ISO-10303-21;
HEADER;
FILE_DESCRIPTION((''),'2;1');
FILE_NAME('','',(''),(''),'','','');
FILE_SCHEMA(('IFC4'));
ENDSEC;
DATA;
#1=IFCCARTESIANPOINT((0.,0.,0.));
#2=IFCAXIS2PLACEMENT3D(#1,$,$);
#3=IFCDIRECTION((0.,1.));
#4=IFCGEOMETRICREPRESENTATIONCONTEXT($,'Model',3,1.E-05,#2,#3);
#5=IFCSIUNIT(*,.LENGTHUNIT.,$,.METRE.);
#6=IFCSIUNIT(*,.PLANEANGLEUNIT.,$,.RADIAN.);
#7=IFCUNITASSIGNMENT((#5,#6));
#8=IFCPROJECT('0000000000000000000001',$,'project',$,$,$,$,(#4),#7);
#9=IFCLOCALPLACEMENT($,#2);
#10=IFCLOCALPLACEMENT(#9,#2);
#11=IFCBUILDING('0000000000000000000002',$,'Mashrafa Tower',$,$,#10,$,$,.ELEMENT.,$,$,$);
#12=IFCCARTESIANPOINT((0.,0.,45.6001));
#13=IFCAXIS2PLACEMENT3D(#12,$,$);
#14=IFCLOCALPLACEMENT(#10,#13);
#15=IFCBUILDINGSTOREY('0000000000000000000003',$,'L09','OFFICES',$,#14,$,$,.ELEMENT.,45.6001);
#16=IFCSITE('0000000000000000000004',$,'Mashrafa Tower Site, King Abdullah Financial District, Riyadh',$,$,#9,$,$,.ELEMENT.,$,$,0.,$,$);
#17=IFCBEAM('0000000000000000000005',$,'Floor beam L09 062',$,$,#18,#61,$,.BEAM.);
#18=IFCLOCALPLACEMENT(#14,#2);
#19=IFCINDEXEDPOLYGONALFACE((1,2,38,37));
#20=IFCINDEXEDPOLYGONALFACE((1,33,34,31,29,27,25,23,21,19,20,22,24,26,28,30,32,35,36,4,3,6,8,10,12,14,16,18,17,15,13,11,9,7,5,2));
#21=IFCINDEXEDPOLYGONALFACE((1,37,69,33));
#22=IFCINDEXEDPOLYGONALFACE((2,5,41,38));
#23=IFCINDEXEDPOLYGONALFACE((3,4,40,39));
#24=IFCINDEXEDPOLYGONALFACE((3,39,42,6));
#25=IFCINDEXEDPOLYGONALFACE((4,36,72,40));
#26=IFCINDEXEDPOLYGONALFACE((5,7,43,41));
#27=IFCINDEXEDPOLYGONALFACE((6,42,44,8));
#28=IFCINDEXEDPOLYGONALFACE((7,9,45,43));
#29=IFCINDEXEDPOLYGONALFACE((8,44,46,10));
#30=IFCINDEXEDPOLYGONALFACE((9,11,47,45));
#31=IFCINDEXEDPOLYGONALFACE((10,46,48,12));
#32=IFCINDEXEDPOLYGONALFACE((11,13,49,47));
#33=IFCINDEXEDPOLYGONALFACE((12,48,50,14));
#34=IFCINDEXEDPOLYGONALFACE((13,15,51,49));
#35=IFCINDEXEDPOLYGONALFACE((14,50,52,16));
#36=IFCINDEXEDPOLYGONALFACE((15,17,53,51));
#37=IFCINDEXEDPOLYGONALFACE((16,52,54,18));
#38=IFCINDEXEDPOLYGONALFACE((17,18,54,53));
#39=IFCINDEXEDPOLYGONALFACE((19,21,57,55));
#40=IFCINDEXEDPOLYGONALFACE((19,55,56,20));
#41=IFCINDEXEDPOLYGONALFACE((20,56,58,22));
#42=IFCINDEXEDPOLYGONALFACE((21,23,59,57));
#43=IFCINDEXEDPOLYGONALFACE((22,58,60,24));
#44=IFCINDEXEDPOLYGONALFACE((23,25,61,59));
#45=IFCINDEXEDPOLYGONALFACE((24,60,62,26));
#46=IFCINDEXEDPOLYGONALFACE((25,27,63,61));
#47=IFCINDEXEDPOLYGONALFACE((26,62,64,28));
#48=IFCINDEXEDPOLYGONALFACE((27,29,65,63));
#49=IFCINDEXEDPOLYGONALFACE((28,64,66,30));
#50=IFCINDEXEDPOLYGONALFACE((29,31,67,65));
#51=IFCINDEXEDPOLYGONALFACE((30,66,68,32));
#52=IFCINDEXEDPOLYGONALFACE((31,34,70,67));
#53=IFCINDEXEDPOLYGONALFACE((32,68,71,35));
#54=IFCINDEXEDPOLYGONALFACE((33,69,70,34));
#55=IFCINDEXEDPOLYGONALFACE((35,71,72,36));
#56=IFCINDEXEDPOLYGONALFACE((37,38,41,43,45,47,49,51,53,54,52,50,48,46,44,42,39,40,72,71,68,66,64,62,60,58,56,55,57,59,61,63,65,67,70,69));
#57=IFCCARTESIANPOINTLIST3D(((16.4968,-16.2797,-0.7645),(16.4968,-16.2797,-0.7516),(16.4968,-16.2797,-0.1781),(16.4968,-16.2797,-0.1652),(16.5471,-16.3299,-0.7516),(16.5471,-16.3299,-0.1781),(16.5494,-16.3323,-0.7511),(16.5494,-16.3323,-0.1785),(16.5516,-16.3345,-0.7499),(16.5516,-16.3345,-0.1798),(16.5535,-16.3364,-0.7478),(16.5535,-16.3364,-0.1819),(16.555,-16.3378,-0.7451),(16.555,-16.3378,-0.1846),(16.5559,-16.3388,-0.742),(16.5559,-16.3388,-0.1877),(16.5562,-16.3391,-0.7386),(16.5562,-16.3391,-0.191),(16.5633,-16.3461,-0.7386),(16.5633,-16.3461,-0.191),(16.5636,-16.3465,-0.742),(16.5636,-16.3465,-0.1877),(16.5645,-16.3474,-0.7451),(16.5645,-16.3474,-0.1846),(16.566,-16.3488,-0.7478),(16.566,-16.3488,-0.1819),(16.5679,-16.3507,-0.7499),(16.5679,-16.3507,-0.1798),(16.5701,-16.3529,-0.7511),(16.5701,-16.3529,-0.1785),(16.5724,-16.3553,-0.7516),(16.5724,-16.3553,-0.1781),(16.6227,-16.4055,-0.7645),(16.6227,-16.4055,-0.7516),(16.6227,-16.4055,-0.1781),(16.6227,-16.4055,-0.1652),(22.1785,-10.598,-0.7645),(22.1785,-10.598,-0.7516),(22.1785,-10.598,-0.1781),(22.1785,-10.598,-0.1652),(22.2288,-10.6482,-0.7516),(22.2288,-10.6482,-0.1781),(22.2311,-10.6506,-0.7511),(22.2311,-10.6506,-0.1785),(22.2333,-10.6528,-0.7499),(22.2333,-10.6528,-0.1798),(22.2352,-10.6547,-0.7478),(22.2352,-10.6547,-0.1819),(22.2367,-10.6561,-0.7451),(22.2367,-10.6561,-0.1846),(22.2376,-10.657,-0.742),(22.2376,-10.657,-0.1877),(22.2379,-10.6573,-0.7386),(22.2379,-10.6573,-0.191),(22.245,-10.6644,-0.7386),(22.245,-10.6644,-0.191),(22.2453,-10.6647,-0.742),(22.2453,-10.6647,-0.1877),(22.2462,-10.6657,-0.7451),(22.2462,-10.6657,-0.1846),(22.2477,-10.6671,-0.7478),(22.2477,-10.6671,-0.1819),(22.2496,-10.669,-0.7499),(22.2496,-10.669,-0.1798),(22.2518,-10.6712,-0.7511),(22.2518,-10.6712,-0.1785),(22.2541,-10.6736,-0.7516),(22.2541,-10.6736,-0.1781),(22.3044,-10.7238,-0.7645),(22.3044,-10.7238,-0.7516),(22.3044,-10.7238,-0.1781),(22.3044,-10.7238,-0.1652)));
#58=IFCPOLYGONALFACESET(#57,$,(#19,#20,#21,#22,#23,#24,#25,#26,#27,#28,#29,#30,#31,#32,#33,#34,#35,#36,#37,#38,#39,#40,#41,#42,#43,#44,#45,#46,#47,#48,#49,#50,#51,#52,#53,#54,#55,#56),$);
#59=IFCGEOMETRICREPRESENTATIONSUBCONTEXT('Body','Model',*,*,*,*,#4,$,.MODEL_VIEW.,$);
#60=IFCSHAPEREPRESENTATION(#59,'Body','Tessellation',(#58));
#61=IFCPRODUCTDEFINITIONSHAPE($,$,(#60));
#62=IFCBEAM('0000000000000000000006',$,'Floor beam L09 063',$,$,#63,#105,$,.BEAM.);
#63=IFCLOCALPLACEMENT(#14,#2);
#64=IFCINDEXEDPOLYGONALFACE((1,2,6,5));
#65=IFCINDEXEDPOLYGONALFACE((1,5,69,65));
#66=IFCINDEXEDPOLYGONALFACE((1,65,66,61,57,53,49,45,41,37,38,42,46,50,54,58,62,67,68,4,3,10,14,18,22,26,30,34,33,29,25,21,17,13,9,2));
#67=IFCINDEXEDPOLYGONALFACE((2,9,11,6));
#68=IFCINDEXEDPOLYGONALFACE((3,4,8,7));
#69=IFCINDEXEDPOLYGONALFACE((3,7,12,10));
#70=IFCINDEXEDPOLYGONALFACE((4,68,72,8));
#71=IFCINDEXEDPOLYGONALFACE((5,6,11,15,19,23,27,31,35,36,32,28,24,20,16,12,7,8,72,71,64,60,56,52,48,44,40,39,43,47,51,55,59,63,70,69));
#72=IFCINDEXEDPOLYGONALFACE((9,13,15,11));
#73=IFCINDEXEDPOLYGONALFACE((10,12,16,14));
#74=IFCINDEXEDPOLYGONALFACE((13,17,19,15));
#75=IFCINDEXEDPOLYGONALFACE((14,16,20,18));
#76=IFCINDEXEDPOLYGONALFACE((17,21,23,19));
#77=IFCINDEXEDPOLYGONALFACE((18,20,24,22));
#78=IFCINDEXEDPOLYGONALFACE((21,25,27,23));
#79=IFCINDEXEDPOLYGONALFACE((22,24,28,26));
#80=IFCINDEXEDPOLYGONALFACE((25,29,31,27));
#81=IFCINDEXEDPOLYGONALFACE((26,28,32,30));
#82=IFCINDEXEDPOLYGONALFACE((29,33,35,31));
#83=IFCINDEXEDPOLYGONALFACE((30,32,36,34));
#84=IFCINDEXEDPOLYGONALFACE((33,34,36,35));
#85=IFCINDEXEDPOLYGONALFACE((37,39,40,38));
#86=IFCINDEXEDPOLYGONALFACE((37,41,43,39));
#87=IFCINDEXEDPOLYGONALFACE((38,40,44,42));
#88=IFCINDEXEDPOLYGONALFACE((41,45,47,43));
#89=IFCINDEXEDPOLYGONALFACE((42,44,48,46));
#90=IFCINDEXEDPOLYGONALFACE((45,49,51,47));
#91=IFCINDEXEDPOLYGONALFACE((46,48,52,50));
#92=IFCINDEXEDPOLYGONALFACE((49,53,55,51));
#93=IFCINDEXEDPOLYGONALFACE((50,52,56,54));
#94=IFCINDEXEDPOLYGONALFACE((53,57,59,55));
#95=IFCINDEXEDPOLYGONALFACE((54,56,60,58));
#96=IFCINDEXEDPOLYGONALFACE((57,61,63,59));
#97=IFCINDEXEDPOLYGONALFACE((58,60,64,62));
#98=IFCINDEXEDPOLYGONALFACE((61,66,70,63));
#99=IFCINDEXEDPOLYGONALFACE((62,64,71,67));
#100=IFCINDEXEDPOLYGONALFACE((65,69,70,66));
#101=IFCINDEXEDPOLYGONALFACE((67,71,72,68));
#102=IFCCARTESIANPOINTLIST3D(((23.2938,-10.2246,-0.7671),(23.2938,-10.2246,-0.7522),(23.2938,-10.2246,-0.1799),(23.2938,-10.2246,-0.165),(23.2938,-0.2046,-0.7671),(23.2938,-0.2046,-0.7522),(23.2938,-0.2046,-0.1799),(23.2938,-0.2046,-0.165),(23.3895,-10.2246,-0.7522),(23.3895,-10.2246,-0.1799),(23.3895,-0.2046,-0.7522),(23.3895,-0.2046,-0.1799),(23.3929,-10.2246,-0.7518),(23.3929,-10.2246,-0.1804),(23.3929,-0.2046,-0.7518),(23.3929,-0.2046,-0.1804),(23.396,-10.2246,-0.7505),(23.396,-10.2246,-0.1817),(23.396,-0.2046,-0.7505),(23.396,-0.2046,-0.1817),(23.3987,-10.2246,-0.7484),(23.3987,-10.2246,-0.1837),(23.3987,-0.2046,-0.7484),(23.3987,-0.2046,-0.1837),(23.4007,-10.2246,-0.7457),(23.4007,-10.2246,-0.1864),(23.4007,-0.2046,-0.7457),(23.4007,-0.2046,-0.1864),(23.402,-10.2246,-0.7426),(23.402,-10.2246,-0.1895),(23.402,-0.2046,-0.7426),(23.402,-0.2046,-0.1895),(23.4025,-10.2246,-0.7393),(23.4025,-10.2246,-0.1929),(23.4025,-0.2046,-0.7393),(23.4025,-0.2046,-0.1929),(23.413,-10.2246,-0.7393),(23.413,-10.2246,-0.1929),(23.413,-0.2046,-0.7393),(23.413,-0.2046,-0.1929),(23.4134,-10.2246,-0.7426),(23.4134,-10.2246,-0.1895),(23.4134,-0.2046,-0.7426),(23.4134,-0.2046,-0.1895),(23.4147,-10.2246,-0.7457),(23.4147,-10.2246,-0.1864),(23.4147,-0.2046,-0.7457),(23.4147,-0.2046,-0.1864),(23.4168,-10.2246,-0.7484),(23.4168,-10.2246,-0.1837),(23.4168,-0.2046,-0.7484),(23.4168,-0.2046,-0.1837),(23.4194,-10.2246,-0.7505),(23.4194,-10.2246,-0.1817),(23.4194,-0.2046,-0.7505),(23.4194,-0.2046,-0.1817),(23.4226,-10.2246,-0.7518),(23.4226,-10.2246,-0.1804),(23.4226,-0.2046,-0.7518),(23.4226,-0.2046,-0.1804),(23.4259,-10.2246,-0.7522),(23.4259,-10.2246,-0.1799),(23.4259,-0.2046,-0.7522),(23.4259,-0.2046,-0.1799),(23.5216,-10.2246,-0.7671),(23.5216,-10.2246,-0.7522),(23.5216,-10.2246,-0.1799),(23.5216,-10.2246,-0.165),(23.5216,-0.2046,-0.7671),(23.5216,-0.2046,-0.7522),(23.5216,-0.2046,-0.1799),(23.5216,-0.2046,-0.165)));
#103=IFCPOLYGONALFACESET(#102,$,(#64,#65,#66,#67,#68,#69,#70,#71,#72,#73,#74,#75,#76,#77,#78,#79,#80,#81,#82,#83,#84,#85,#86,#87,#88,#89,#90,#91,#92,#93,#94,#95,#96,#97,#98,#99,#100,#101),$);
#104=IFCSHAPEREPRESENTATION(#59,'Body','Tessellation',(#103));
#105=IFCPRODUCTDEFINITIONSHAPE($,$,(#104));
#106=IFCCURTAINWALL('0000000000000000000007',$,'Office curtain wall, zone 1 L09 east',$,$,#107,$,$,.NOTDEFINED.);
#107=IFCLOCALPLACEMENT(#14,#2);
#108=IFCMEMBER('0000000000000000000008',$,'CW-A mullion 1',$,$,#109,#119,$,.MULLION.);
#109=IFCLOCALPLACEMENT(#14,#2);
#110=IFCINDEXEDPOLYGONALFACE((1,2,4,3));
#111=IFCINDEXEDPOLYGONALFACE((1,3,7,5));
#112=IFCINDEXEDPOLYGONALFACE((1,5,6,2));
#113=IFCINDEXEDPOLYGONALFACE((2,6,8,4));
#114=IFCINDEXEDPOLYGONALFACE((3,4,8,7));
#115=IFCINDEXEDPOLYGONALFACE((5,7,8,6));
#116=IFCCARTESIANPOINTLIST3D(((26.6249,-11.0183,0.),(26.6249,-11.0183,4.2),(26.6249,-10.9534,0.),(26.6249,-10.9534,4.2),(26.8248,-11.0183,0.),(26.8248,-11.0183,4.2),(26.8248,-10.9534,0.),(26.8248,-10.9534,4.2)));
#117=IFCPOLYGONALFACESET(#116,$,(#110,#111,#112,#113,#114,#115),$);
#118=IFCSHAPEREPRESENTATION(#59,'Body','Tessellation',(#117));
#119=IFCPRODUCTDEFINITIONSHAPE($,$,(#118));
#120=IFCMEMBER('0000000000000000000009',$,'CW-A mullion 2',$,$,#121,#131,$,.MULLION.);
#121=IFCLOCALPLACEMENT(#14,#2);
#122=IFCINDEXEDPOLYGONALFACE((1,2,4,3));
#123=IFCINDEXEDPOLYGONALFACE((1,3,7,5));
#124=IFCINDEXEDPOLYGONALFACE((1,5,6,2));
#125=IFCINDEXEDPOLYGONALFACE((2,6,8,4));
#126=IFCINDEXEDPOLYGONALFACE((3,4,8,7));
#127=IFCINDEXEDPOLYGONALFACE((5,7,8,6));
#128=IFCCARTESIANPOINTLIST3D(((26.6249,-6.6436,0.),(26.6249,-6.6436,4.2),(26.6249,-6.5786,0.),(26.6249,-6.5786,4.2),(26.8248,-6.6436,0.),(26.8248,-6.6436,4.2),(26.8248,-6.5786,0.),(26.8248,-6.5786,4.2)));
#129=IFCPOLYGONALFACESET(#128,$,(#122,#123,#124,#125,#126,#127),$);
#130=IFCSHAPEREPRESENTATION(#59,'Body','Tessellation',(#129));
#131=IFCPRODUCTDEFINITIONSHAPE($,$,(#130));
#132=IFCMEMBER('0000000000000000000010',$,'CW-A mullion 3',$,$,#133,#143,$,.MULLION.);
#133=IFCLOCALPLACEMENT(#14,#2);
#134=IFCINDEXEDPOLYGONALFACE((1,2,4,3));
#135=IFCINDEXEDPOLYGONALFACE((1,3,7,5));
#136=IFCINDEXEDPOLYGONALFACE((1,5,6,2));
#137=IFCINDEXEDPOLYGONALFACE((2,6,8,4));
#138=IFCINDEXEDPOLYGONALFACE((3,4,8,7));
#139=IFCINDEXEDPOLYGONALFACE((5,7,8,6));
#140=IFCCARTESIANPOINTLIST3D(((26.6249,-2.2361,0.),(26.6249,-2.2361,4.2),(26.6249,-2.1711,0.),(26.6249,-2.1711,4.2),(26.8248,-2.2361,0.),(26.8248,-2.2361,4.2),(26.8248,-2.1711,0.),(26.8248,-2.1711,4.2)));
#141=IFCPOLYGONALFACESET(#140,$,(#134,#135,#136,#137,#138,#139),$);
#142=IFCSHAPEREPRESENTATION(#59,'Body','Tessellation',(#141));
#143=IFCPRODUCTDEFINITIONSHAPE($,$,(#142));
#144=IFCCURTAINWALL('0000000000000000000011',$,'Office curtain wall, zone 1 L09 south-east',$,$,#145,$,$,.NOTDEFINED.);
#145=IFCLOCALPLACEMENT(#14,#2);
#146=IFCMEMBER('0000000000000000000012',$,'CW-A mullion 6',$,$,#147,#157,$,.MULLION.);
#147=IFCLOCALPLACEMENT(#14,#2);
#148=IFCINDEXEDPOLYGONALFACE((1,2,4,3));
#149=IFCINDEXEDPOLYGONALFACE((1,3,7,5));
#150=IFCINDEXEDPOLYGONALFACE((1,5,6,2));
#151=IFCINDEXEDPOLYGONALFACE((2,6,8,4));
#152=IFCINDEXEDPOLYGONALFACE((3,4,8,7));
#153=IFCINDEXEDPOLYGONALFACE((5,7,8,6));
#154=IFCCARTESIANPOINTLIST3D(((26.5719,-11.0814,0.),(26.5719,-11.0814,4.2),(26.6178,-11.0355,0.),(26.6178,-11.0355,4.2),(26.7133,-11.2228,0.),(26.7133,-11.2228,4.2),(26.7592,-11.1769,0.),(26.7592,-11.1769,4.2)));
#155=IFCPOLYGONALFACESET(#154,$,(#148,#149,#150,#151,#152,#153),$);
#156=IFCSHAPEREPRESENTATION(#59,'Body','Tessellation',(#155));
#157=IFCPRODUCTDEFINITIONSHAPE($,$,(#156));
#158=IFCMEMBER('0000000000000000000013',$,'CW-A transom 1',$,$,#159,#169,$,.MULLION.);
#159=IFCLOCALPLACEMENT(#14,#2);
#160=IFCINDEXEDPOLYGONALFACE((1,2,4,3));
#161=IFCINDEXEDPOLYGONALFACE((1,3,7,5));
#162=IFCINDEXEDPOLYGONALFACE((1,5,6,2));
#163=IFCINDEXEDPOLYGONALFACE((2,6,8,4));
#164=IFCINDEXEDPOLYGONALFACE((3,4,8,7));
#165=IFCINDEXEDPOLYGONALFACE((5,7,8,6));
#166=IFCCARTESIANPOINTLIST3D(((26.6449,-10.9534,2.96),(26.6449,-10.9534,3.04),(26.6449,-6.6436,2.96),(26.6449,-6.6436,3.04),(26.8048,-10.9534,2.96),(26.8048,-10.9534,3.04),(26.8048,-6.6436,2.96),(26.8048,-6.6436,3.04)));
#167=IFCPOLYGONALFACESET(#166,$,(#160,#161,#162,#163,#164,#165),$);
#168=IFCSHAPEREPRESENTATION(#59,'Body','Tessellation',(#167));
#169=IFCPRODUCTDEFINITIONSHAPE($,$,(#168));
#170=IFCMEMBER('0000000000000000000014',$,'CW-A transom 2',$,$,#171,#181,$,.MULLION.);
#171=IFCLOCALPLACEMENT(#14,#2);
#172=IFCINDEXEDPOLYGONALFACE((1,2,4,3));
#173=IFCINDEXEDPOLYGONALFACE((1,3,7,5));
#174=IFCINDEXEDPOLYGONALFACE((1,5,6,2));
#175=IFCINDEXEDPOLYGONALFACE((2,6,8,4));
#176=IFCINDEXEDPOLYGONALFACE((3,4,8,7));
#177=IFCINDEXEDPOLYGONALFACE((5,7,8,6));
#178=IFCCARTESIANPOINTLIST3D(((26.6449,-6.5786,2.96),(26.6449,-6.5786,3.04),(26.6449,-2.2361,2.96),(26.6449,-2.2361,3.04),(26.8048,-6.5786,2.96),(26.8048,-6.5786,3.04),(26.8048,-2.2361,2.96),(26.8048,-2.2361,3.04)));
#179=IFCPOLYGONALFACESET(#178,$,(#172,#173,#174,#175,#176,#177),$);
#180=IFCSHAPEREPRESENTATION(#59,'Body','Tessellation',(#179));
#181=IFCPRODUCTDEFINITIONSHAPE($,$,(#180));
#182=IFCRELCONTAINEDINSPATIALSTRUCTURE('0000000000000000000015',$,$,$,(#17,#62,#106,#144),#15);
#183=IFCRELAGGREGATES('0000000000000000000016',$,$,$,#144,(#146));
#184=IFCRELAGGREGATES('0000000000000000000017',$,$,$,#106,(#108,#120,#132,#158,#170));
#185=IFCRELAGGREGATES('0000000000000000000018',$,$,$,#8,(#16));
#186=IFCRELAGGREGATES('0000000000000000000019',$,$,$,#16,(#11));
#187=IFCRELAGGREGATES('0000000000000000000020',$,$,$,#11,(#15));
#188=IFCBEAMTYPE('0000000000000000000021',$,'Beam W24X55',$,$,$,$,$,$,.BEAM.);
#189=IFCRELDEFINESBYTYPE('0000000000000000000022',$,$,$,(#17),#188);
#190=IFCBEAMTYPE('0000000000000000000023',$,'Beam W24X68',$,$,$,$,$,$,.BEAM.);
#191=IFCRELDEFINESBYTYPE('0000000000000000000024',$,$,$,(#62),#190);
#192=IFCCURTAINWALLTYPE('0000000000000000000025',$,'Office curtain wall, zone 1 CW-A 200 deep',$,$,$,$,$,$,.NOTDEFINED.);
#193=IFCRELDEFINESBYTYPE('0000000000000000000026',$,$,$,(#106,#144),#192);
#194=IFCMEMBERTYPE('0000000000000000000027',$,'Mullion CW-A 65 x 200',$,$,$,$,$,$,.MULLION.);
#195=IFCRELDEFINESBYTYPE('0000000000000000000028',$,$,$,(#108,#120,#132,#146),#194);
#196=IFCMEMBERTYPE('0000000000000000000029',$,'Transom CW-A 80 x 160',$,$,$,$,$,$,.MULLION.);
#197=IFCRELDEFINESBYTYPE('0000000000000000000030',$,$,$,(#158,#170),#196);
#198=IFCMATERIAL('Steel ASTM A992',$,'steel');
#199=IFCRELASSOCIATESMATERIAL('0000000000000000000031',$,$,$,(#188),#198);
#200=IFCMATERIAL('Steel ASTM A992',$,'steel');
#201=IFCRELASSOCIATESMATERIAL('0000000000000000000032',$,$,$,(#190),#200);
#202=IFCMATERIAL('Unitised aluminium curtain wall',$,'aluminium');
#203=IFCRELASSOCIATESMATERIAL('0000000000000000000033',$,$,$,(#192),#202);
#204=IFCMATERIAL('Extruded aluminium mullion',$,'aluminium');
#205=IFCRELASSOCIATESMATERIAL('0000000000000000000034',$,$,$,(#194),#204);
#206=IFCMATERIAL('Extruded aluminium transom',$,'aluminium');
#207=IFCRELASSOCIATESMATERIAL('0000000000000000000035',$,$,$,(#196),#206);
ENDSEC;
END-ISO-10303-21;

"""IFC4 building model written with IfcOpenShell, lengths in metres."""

from ifc_helpers import new_model, si_unit, direction, frame, origin, origin_2d, place, context, subcontext, project, spatial, rectangle, i_section, extrude, source, transform, mapped, material, material_profile, profile_set, type_object, type_shapes, element, aggregate, save


model = new_model("IFC4")

# Units and contexts
model_context = context("Model", 3, precision=1e-05, world=origin(), true_north=direction((0.0, 1.0)))
body_context = subcontext(model_context, "Body", "Model", "MODEL_VIEW")
ifc_project = project(units=[si_unit("LENGTHUNIT", "METRE"), si_unit("PLANEANGLEUNIT", "RADIAN")], contexts=[model_context])

# Site, building, storey
site_placement = place(None, origin())
site = spatial("IfcSite", under=ifc_project, at=site_placement, Name="Mashrafa Tower Site, King Abdullah Financial District, Riyadh", CompositionType="ELEMENT", RefElevation=0.0)
building_placement = place(site_placement, origin())
building = spatial("IfcBuilding", under=site, at=building_placement, Name="Mashrafa Tower", CompositionType="ELEMENT")
storey_placement = place(building_placement, frame((0.0, 0.0, 45.6001)))
storey = spatial("IfcBuildingStorey", under=building, at=storey_placement, Name="L09", Description="OFFICES", CompositionType="ELEMENT", Elevation=45.6001)

# Beams
ifc_material_1 = material(Name="Steel ASTM A992", Category="steel")
ifc_material_profile_1 = material_profile(ifc_material_1, i_section(OverallWidth=0.178, OverallDepth=0.5994, WebThickness=0.01, FlangeThickness=0.0129, FilletRadius=0.0129, at=origin_2d()), Name="W24X55")
ifc_profile_set_1 = profile_set([ifc_material_profile_1], Name="Steel ASTM A992")
beam_type_1 = type_object("IfcBeamType", Name="Beam W24X55", PredefinedType="BEAM", material=ifc_profile_set_1)
beam_1_placement = place(storey_placement, frame((22.2415, -10.6609, -0.4648), z_axis=(-0.707107, -0.707107, 0.0), x_axis=(0.707107, -0.707107, 0.0)))
element("IfcBeam", 1, at=beam_1_placement, inside=storey, type_object=beam_type_1, Name="Floor beam L09 062", PredefinedType="BEAM", context=body_context, shape_type="SweptSolid", body=[
    extrude(i_section(OverallWidth=0.178, OverallDepth=0.5994, WebThickness=0.01, FlangeThickness=0.0129, FilletRadius=0.0129, at=origin_2d()), origin(), (0.0, 0.0, 1.0), 8.0352),
])
ifc_material_2 = material(Name="Steel ASTM A992", Category="steel")
ifc_material_profile_2 = material_profile(ifc_material_2, i_section(OverallWidth=0.2278, OverallDepth=0.6021, WebThickness=0.0105, FlangeThickness=0.0149, FilletRadius=0.0129, at=origin_2d()), Name="W24X68")
ifc_profile_set_2 = profile_set([ifc_material_profile_2], Name="Steel ASTM A992")
beam_type_2 = type_object("IfcBeamType", Name="Beam W24X68", PredefinedType="BEAM", material=ifc_profile_set_2)
beam_2_placement = place(storey_placement, frame((23.4077, -0.2046, -0.4661), z_axis=(0.0, -1.0, 0.0), x_axis=(1.0, 0.0, 0.0)))
element("IfcBeam", 2, at=beam_2_placement, inside=storey, type_object=beam_type_2, Name="Floor beam L09 063", PredefinedType="BEAM", context=body_context, shape_type="SweptSolid", body=[
    extrude(i_section(OverallWidth=0.2278, OverallDepth=0.6021, WebThickness=0.0105, FlangeThickness=0.0149, FilletRadius=0.0129, at=origin_2d()), origin(), (0.0, 0.0, 1.0), 10.02),
])

# Curtain wall, members
ifc_material_3 = material(Name="Unitised aluminium curtain wall", Category="aluminium")
curtain_wall_type = type_object("IfcCurtainWallType", Name="Office curtain wall, zone 1 CW-A 200 deep", PredefinedType="NOTDEFINED", material=ifc_material_3)
curtain_wall_1_placement = place(storey_placement, origin())
curtain_wall_1 = element("IfcCurtainWall", 3, at=curtain_wall_1_placement, inside=storey, type_object=curtain_wall_type, Name="Office curtain wall, zone 1 L09 east", PredefinedType="NOTDEFINED")
ifc_material_4 = material(Name="Extruded aluminium mullion", Category="aluminium")
ifc_material_profile_3 = material_profile(ifc_material_4, rectangle(XDim=0.2, YDim=0.0649, at=origin_2d()), Name="Mullion 65x200")
ifc_profile_set_3 = profile_set([ifc_material_profile_3], Name="Extruded aluminium mullion")
member_type_1 = type_object("IfcMemberType", Name="Mullion CW-A 65 x 200", PredefinedType="MULLION", material=ifc_profile_set_3)
shared_shape_1 = source(origin(), body_context, "Body", "SweptSolid", [
    extrude(rectangle(XDim=0.2, YDim=0.0649, at=origin_2d()), origin(), (0.0, 0.0, 1.0), 4.2),
])
type_shapes(member_type_1, [shared_shape_1])
member_1_placement = place(storey_placement, frame((26.7249, -10.9858, 0.0), z_axis=(0.0, 0.0, 1.0), x_axis=(-1.0, 0.0, 0.0)))
member_1 = element("IfcMember", 4, at=member_1_placement, type_object=member_type_1, Name="CW-A mullion 1", PredefinedType="MULLION", context=body_context, shape_type="MappedRepresentation", body=[
    mapped(shared_shape_1, transform((0.0, 0.0, 0.0))),
])
member_2_placement = place(storey_placement, frame((26.7249, -6.6111, 0.0), z_axis=(0.0, 0.0, 1.0), x_axis=(-1.0, 0.0, 0.0)))
member_2 = element("IfcMember", 5, at=member_2_placement, type_object=member_type_1, Name="CW-A mullion 2", PredefinedType="MULLION", context=body_context, shape_type="MappedRepresentation", body=[
    mapped(shared_shape_1, transform((0.0, 0.0, 0.0))),
])
member_3_placement = place(storey_placement, frame((26.7249, -2.2036, 0.0), z_axis=(0.0, 0.0, 1.0), x_axis=(-1.0, 0.0, 0.0)))
member_3 = element("IfcMember", 6, at=member_3_placement, type_object=member_type_1, Name="CW-A mullion 3", PredefinedType="MULLION", context=body_context, shape_type="MappedRepresentation", body=[
    mapped(shared_shape_1, transform((0.0, 0.0, 0.0))),
])

# Curtain wall, member
curtain_wall_2_placement = place(storey_placement, origin())
curtain_wall_2 = element("IfcCurtainWall", 7, at=curtain_wall_2_placement, inside=storey, type_object=curtain_wall_type, Name="Office curtain wall, zone 1 L09 south-east", PredefinedType="NOTDEFINED")
member_4_placement = place(storey_placement, frame((26.6655, -11.1292, 0.0), z_axis=(0.0, 0.0, 1.0), x_axis=(-0.707107, 0.707107, 0.0)))
member_4 = element("IfcMember", 8, at=member_4_placement, type_object=member_type_1, Name="CW-A mullion 6", PredefinedType="MULLION", context=body_context, shape_type="MappedRepresentation", body=[
    mapped(shared_shape_1, transform((0.0, 0.0, 0.0))),
])
aggregate(curtain_wall_2, [member_4])

# Members
ifc_material_5 = material(Name="Extruded aluminium transom", Category="aluminium")
ifc_material_profile_4 = material_profile(ifc_material_5, rectangle(XDim=0.1599, YDim=0.0801, at=origin_2d()), Name="Transom 80x160")
ifc_profile_set_4 = profile_set([ifc_material_profile_4], Name="Extruded aluminium transom")
member_type_2 = type_object("IfcMemberType", Name="Transom CW-A 80 x 160", PredefinedType="MULLION", material=ifc_profile_set_4)
shared_shape_2 = source(origin(), body_context, "Body", "SweptSolid", [
    extrude(rectangle(XDim=0.1599, YDim=0.0801, at=origin_2d()), origin(), (0.0, 0.0, 1.0), 4.3098),
])
member_5_placement = place(storey_placement, frame((26.7249, -10.9534, 3.0), z_axis=(0.0, 1.0, 0.0), x_axis=(-1.0, 0.0, 0.0)))
member_5 = element("IfcMember", 9, at=member_5_placement, type_object=member_type_2, Name="CW-A transom 1", PredefinedType="MULLION", context=body_context, shape_type="MappedRepresentation", body=[
    mapped(shared_shape_2, transform((0.0, 0.0, 0.0))),
])
shared_shape_3 = source(origin(), body_context, "Body", "SweptSolid", [
    extrude(rectangle(XDim=0.1599, YDim=0.0801, at=origin_2d()), origin(), (0.0, 0.0, 1.0), 4.3425),
])
member_6_placement = place(storey_placement, frame((26.7249, -6.5786, 3.0), z_axis=(0.0, 1.0, 0.0), x_axis=(-1.0, 0.0, 0.0)))
member_6 = element("IfcMember", 10, at=member_6_placement, type_object=member_type_2, Name="CW-A transom 2", PredefinedType="MULLION", context=body_context, shape_type="MappedRepresentation", body=[
    mapped(shared_shape_3, transform((0.0, 0.0, 0.0))),
])

aggregate(curtain_wall_1, [member_1, member_2, member_3, member_5, member_6])

save(model, "model.ifc")
